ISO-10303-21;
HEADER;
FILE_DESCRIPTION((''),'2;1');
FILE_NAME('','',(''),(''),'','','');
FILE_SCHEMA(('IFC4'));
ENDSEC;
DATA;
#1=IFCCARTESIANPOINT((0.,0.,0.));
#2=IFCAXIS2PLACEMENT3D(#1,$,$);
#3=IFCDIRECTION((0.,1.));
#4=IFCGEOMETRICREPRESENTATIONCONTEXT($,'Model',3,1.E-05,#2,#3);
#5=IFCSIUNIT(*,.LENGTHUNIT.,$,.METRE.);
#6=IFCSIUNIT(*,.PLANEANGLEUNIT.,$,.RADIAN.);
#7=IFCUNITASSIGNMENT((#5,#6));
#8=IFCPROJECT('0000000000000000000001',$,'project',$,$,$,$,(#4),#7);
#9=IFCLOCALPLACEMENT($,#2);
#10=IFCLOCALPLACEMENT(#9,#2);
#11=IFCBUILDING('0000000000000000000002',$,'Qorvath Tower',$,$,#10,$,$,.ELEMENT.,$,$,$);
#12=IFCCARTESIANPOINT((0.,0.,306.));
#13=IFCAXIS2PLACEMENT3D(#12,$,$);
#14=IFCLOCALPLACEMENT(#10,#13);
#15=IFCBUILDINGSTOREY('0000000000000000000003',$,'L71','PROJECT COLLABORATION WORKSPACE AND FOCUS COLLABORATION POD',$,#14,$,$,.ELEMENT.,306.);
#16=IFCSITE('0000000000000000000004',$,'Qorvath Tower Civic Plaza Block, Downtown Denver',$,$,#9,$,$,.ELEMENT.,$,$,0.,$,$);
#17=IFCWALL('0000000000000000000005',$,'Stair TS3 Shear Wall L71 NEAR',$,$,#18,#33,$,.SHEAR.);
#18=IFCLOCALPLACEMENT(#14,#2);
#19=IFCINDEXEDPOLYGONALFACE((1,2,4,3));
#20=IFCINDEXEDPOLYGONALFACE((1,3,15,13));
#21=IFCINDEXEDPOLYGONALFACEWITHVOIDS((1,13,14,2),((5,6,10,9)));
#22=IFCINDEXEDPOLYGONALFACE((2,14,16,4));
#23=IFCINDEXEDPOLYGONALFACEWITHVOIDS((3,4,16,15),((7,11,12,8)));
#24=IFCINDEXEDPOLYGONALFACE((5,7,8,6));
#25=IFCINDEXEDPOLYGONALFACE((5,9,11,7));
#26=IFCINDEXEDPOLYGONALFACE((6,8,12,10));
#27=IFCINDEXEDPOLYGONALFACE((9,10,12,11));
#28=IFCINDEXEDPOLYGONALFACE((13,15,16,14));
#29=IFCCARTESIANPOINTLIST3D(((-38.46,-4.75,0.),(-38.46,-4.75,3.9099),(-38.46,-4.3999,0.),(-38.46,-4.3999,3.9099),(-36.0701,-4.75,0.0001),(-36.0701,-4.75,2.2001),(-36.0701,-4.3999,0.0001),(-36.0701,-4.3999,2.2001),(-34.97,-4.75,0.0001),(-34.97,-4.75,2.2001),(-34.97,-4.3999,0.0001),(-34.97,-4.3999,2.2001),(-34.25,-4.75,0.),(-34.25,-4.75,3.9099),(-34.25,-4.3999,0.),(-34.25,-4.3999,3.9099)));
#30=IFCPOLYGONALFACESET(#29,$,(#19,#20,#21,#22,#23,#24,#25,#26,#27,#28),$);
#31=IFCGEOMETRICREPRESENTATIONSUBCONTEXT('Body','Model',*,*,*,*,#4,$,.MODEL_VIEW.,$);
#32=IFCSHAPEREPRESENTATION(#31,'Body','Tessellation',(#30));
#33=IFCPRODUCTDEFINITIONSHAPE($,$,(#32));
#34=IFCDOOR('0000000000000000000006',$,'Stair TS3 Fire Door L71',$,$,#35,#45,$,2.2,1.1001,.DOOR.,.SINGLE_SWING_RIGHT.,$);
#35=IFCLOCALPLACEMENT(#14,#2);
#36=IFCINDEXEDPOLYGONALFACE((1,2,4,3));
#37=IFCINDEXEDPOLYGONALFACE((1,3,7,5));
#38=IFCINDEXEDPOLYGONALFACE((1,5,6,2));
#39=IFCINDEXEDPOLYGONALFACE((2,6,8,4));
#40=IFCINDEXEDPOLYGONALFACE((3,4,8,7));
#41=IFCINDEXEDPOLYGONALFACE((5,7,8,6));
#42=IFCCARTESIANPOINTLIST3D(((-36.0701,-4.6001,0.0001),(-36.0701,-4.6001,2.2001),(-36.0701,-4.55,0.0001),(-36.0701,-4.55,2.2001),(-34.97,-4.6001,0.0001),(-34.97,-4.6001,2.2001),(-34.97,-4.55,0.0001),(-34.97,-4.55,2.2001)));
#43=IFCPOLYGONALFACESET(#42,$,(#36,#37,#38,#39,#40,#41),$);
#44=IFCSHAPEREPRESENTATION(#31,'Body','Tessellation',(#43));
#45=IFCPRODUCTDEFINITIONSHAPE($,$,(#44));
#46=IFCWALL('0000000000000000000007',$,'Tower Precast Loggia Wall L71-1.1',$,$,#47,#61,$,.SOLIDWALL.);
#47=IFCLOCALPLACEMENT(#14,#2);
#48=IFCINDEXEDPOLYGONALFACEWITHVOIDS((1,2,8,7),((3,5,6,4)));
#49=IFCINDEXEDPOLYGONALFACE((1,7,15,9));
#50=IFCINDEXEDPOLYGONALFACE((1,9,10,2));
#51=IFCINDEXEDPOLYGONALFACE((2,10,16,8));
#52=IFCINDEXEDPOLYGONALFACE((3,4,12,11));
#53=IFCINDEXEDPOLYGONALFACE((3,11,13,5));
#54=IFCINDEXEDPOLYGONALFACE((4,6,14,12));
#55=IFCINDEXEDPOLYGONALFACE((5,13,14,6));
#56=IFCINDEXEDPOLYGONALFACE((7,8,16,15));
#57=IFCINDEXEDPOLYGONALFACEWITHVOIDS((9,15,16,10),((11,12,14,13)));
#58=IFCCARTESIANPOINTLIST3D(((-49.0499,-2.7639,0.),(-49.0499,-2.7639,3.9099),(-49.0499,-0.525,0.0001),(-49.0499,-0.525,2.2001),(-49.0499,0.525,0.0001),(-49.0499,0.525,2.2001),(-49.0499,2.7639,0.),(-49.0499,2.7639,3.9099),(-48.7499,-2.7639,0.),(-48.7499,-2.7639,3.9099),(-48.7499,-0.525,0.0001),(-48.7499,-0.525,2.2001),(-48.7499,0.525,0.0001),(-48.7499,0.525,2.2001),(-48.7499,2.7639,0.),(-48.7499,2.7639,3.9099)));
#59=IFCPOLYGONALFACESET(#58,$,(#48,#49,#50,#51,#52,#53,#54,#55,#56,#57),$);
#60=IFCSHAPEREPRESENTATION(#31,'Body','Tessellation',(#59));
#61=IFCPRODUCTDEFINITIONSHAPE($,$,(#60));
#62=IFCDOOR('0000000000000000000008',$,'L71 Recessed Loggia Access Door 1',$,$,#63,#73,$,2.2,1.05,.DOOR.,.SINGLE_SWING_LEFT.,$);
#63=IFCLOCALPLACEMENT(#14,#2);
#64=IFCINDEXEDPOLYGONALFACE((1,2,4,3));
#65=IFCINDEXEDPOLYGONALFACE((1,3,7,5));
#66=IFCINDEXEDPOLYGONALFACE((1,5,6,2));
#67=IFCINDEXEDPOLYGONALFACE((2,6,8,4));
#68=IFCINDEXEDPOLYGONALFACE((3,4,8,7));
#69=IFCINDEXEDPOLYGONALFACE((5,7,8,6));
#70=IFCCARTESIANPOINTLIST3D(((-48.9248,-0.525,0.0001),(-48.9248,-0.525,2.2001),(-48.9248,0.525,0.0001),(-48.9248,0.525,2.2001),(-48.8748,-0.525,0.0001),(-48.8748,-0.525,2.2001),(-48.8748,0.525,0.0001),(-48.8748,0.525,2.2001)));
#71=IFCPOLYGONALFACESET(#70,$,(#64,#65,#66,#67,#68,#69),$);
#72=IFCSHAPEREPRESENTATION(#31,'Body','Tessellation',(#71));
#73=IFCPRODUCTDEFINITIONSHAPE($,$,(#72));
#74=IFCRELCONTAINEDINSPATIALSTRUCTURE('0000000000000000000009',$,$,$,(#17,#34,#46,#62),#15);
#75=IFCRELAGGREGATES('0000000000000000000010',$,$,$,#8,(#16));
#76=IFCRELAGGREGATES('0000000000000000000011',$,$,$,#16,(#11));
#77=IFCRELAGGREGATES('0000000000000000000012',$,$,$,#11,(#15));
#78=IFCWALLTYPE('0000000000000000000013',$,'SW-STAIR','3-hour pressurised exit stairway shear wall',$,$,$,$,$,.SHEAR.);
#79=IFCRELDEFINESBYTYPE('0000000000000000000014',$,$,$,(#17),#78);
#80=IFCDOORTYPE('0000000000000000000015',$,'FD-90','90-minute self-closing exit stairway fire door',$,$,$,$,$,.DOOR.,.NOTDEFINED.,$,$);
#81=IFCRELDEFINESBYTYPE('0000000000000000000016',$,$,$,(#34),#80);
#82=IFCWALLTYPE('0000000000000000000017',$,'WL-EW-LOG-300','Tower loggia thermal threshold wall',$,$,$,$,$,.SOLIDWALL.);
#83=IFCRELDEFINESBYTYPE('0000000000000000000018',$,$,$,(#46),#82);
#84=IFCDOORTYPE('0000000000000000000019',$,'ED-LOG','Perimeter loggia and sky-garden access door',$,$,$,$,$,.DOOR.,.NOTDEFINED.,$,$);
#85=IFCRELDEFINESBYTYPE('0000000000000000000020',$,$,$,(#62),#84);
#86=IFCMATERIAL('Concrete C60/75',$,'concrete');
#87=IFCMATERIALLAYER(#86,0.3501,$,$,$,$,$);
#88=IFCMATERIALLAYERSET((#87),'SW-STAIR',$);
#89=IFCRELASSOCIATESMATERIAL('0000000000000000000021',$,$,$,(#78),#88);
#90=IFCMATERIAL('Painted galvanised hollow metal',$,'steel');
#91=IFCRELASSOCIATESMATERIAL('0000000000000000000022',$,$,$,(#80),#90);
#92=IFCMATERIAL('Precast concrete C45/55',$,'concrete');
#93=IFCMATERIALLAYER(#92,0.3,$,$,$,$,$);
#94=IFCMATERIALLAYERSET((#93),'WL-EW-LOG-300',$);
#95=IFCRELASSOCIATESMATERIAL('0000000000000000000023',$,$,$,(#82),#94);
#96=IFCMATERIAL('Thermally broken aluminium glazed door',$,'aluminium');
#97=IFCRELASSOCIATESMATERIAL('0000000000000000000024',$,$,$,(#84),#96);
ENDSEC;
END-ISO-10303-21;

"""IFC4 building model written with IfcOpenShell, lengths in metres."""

from ifc_helpers import new_model, si_unit, direction, frame, frame_2d, origin, place, context, subcontext, project, spatial, rectangle, extrude, material, layer, layer_set, type_object, element, fill, save


model = new_model("IFC4")

# Units and contexts
model_context = context("Model", 3, precision=1e-05, world=origin(), true_north=direction((0.0, 1.0)))
body_context = subcontext(model_context, "Body", "Model", "MODEL_VIEW")
ifc_project = project(units=[si_unit("LENGTHUNIT", "METRE"), si_unit("PLANEANGLEUNIT", "RADIAN")], contexts=[model_context])

# Site, building, storey
site_placement = place(None, origin())
site = spatial("IfcSite", under=ifc_project, at=site_placement, Name="Qorvath Tower Civic Plaza Block, Downtown Denver", CompositionType="ELEMENT", RefElevation=0.0)
building_placement = place(site_placement, origin())
building = spatial("IfcBuilding", under=site, at=building_placement, Name="Qorvath Tower", CompositionType="ELEMENT")
storey_placement = place(building_placement, frame((0.0, 0.0, 306.0)))
storey = spatial("IfcBuildingStorey", under=building, at=storey_placement, Name="L71", Description="PROJECT COLLABORATION WORKSPACE AND FOCUS COLLABORATION POD", CompositionType="ELEMENT", Elevation=306.0)

# Walls, openings, doors
ifc_material_1 = material(Name="Concrete C60/75", Category="concrete")
ifc_layer_1 = layer(ifc_material_1, 0.3501)
ifc_layer_set_1 = layer_set([ifc_layer_1], Name="SW-STAIR")
wall_type_1 = type_object("IfcWallType", Name="SW-STAIR", Description="3-hour pressurised exit stairway shear wall", PredefinedType="SHEAR", material=ifc_layer_set_1)
wall_1_placement = place(storey_placement, frame((-38.46, -4.575, 0.0), z_axis=(0.0, 0.0, 1.0), x_axis=(1.0, 0.0, 0.0)))
wall_1 = element("IfcWall", 1, at=wall_1_placement, inside=storey, type_object=wall_type_1, Name="Stair TS3 Shear Wall L71 NEAR", PredefinedType="SHEAR", context=body_context, shape_type="SweptSolid", body=[
    extrude(rectangle(XDim=4.21, YDim=0.3501, at=frame_2d((2.105, 0.0))), origin(), (0.0, 0.0, 1.0), 3.9099),
])
opening_1_placement = place(wall_1_placement, frame((2.3899, 0.0, 0.0)))
opening_1 = element("IfcOpeningElement", 2, at=opening_1_placement, cuts=wall_1, PredefinedType="OPENING", context=body_context, shape_type="SweptSolid", body=[
    extrude(rectangle(XDim=1.1001, YDim=2.2, at=frame_2d((0.55, 1.1001))), frame((0.0, 0.1851, 0.0), z_axis=(0.0, -1.0, 0.0), x_axis=(1.0, 0.0, 0.0)), (0.0, 0.0, 1.0), 0.3701),
])
ifc_material_2 = material(Name="Painted galvanised hollow metal", Category="steel")
door_type_1 = type_object("IfcDoorType", Name="FD-90", Description="90-minute self-closing exit stairway fire door", OperationType="NOTDEFINED", PredefinedType="DOOR", material=ifc_material_2)
door_1_placement = place(opening_1_placement, origin())
door_1 = element("IfcDoor", 3, at=door_1_placement, inside=storey, type_object=door_type_1, Name="Stair TS3 Fire Door L71", OperationType="SINGLE_SWING_RIGHT", OverallHeight=2.2, OverallWidth=1.1001, PredefinedType="DOOR", context=body_context, shape_type="SweptSolid", body=[
    extrude(rectangle(XDim=1.1001, YDim=2.2, at=frame_2d((0.55, 1.1001))), frame((0.0, 0.0249, 0.0), z_axis=(0.0, -1.0, 0.0), x_axis=(1.0, 0.0, 0.0)), (0.0, 0.0, 1.0), 0.05),
])
fill(opening_1, door_1)
ifc_material_3 = material(Name="Precast concrete C45/55", Category="concrete")
ifc_layer_2 = layer(ifc_material_3, 0.3)
ifc_layer_set_2 = layer_set([ifc_layer_2], Name="WL-EW-LOG-300")
wall_type_2 = type_object("IfcWallType", Name="WL-EW-LOG-300", Description="Tower loggia thermal threshold wall", PredefinedType="SOLIDWALL", material=ifc_layer_set_2)
wall_2_placement = place(storey_placement, frame((-48.8999, -2.7639, 0.0), z_axis=(0.0, 0.0, 1.0), x_axis=(0.0, 1.0, 0.0)))
wall_2 = element("IfcWall", 4, at=wall_2_placement, inside=storey, type_object=wall_type_2, Name="Tower Precast Loggia Wall L71-1.1", PredefinedType="SOLIDWALL", context=body_context, shape_type="SweptSolid", body=[
    extrude(rectangle(XDim=5.5278, YDim=0.3, at=frame_2d((2.7639, 0.0))), origin(), (0.0, 0.0, 1.0), 3.9099),
])
opening_2_placement = place(wall_2_placement, frame((2.239, 0.0, 0.0)))
opening_2 = element("IfcOpeningElement", 5, at=opening_2_placement, cuts=wall_2, PredefinedType="OPENING", context=body_context, shape_type="SweptSolid", body=[
    extrude(rectangle(XDim=1.05, YDim=2.2, at=frame_2d((0.5249, 1.1001))), frame((0.0, 0.1602, 0.0), z_axis=(0.0, -1.0, 0.0), x_axis=(1.0, 0.0, 0.0)), (0.0, 0.0, 1.0), 0.3201),
])
ifc_material_4 = material(Name="Thermally broken aluminium glazed door", Category="aluminium")
door_type_2 = type_object("IfcDoorType", Name="ED-LOG", Description="Perimeter loggia and sky-garden access door", OperationType="NOTDEFINED", PredefinedType="DOOR", material=ifc_material_4)
door_2_placement = place(opening_2_placement, origin())
door_2 = element("IfcDoor", 6, at=door_2_placement, inside=storey, type_object=door_type_2, Name="L71 Recessed Loggia Access Door 1", OperationType="SINGLE_SWING_LEFT", OverallHeight=2.2, OverallWidth=1.05, PredefinedType="DOOR", context=body_context, shape_type="SweptSolid", body=[
    extrude(rectangle(XDim=1.05, YDim=2.2, at=frame_2d((0.5249, 1.1001))), frame((0.0, 0.0249, 0.0), z_axis=(0.0, -1.0, 0.0), x_axis=(1.0, 0.0, 0.0)), (0.0, 0.0, 1.0), 0.05),
])
fill(opening_2, door_2)

save(model, "model.ifc")
